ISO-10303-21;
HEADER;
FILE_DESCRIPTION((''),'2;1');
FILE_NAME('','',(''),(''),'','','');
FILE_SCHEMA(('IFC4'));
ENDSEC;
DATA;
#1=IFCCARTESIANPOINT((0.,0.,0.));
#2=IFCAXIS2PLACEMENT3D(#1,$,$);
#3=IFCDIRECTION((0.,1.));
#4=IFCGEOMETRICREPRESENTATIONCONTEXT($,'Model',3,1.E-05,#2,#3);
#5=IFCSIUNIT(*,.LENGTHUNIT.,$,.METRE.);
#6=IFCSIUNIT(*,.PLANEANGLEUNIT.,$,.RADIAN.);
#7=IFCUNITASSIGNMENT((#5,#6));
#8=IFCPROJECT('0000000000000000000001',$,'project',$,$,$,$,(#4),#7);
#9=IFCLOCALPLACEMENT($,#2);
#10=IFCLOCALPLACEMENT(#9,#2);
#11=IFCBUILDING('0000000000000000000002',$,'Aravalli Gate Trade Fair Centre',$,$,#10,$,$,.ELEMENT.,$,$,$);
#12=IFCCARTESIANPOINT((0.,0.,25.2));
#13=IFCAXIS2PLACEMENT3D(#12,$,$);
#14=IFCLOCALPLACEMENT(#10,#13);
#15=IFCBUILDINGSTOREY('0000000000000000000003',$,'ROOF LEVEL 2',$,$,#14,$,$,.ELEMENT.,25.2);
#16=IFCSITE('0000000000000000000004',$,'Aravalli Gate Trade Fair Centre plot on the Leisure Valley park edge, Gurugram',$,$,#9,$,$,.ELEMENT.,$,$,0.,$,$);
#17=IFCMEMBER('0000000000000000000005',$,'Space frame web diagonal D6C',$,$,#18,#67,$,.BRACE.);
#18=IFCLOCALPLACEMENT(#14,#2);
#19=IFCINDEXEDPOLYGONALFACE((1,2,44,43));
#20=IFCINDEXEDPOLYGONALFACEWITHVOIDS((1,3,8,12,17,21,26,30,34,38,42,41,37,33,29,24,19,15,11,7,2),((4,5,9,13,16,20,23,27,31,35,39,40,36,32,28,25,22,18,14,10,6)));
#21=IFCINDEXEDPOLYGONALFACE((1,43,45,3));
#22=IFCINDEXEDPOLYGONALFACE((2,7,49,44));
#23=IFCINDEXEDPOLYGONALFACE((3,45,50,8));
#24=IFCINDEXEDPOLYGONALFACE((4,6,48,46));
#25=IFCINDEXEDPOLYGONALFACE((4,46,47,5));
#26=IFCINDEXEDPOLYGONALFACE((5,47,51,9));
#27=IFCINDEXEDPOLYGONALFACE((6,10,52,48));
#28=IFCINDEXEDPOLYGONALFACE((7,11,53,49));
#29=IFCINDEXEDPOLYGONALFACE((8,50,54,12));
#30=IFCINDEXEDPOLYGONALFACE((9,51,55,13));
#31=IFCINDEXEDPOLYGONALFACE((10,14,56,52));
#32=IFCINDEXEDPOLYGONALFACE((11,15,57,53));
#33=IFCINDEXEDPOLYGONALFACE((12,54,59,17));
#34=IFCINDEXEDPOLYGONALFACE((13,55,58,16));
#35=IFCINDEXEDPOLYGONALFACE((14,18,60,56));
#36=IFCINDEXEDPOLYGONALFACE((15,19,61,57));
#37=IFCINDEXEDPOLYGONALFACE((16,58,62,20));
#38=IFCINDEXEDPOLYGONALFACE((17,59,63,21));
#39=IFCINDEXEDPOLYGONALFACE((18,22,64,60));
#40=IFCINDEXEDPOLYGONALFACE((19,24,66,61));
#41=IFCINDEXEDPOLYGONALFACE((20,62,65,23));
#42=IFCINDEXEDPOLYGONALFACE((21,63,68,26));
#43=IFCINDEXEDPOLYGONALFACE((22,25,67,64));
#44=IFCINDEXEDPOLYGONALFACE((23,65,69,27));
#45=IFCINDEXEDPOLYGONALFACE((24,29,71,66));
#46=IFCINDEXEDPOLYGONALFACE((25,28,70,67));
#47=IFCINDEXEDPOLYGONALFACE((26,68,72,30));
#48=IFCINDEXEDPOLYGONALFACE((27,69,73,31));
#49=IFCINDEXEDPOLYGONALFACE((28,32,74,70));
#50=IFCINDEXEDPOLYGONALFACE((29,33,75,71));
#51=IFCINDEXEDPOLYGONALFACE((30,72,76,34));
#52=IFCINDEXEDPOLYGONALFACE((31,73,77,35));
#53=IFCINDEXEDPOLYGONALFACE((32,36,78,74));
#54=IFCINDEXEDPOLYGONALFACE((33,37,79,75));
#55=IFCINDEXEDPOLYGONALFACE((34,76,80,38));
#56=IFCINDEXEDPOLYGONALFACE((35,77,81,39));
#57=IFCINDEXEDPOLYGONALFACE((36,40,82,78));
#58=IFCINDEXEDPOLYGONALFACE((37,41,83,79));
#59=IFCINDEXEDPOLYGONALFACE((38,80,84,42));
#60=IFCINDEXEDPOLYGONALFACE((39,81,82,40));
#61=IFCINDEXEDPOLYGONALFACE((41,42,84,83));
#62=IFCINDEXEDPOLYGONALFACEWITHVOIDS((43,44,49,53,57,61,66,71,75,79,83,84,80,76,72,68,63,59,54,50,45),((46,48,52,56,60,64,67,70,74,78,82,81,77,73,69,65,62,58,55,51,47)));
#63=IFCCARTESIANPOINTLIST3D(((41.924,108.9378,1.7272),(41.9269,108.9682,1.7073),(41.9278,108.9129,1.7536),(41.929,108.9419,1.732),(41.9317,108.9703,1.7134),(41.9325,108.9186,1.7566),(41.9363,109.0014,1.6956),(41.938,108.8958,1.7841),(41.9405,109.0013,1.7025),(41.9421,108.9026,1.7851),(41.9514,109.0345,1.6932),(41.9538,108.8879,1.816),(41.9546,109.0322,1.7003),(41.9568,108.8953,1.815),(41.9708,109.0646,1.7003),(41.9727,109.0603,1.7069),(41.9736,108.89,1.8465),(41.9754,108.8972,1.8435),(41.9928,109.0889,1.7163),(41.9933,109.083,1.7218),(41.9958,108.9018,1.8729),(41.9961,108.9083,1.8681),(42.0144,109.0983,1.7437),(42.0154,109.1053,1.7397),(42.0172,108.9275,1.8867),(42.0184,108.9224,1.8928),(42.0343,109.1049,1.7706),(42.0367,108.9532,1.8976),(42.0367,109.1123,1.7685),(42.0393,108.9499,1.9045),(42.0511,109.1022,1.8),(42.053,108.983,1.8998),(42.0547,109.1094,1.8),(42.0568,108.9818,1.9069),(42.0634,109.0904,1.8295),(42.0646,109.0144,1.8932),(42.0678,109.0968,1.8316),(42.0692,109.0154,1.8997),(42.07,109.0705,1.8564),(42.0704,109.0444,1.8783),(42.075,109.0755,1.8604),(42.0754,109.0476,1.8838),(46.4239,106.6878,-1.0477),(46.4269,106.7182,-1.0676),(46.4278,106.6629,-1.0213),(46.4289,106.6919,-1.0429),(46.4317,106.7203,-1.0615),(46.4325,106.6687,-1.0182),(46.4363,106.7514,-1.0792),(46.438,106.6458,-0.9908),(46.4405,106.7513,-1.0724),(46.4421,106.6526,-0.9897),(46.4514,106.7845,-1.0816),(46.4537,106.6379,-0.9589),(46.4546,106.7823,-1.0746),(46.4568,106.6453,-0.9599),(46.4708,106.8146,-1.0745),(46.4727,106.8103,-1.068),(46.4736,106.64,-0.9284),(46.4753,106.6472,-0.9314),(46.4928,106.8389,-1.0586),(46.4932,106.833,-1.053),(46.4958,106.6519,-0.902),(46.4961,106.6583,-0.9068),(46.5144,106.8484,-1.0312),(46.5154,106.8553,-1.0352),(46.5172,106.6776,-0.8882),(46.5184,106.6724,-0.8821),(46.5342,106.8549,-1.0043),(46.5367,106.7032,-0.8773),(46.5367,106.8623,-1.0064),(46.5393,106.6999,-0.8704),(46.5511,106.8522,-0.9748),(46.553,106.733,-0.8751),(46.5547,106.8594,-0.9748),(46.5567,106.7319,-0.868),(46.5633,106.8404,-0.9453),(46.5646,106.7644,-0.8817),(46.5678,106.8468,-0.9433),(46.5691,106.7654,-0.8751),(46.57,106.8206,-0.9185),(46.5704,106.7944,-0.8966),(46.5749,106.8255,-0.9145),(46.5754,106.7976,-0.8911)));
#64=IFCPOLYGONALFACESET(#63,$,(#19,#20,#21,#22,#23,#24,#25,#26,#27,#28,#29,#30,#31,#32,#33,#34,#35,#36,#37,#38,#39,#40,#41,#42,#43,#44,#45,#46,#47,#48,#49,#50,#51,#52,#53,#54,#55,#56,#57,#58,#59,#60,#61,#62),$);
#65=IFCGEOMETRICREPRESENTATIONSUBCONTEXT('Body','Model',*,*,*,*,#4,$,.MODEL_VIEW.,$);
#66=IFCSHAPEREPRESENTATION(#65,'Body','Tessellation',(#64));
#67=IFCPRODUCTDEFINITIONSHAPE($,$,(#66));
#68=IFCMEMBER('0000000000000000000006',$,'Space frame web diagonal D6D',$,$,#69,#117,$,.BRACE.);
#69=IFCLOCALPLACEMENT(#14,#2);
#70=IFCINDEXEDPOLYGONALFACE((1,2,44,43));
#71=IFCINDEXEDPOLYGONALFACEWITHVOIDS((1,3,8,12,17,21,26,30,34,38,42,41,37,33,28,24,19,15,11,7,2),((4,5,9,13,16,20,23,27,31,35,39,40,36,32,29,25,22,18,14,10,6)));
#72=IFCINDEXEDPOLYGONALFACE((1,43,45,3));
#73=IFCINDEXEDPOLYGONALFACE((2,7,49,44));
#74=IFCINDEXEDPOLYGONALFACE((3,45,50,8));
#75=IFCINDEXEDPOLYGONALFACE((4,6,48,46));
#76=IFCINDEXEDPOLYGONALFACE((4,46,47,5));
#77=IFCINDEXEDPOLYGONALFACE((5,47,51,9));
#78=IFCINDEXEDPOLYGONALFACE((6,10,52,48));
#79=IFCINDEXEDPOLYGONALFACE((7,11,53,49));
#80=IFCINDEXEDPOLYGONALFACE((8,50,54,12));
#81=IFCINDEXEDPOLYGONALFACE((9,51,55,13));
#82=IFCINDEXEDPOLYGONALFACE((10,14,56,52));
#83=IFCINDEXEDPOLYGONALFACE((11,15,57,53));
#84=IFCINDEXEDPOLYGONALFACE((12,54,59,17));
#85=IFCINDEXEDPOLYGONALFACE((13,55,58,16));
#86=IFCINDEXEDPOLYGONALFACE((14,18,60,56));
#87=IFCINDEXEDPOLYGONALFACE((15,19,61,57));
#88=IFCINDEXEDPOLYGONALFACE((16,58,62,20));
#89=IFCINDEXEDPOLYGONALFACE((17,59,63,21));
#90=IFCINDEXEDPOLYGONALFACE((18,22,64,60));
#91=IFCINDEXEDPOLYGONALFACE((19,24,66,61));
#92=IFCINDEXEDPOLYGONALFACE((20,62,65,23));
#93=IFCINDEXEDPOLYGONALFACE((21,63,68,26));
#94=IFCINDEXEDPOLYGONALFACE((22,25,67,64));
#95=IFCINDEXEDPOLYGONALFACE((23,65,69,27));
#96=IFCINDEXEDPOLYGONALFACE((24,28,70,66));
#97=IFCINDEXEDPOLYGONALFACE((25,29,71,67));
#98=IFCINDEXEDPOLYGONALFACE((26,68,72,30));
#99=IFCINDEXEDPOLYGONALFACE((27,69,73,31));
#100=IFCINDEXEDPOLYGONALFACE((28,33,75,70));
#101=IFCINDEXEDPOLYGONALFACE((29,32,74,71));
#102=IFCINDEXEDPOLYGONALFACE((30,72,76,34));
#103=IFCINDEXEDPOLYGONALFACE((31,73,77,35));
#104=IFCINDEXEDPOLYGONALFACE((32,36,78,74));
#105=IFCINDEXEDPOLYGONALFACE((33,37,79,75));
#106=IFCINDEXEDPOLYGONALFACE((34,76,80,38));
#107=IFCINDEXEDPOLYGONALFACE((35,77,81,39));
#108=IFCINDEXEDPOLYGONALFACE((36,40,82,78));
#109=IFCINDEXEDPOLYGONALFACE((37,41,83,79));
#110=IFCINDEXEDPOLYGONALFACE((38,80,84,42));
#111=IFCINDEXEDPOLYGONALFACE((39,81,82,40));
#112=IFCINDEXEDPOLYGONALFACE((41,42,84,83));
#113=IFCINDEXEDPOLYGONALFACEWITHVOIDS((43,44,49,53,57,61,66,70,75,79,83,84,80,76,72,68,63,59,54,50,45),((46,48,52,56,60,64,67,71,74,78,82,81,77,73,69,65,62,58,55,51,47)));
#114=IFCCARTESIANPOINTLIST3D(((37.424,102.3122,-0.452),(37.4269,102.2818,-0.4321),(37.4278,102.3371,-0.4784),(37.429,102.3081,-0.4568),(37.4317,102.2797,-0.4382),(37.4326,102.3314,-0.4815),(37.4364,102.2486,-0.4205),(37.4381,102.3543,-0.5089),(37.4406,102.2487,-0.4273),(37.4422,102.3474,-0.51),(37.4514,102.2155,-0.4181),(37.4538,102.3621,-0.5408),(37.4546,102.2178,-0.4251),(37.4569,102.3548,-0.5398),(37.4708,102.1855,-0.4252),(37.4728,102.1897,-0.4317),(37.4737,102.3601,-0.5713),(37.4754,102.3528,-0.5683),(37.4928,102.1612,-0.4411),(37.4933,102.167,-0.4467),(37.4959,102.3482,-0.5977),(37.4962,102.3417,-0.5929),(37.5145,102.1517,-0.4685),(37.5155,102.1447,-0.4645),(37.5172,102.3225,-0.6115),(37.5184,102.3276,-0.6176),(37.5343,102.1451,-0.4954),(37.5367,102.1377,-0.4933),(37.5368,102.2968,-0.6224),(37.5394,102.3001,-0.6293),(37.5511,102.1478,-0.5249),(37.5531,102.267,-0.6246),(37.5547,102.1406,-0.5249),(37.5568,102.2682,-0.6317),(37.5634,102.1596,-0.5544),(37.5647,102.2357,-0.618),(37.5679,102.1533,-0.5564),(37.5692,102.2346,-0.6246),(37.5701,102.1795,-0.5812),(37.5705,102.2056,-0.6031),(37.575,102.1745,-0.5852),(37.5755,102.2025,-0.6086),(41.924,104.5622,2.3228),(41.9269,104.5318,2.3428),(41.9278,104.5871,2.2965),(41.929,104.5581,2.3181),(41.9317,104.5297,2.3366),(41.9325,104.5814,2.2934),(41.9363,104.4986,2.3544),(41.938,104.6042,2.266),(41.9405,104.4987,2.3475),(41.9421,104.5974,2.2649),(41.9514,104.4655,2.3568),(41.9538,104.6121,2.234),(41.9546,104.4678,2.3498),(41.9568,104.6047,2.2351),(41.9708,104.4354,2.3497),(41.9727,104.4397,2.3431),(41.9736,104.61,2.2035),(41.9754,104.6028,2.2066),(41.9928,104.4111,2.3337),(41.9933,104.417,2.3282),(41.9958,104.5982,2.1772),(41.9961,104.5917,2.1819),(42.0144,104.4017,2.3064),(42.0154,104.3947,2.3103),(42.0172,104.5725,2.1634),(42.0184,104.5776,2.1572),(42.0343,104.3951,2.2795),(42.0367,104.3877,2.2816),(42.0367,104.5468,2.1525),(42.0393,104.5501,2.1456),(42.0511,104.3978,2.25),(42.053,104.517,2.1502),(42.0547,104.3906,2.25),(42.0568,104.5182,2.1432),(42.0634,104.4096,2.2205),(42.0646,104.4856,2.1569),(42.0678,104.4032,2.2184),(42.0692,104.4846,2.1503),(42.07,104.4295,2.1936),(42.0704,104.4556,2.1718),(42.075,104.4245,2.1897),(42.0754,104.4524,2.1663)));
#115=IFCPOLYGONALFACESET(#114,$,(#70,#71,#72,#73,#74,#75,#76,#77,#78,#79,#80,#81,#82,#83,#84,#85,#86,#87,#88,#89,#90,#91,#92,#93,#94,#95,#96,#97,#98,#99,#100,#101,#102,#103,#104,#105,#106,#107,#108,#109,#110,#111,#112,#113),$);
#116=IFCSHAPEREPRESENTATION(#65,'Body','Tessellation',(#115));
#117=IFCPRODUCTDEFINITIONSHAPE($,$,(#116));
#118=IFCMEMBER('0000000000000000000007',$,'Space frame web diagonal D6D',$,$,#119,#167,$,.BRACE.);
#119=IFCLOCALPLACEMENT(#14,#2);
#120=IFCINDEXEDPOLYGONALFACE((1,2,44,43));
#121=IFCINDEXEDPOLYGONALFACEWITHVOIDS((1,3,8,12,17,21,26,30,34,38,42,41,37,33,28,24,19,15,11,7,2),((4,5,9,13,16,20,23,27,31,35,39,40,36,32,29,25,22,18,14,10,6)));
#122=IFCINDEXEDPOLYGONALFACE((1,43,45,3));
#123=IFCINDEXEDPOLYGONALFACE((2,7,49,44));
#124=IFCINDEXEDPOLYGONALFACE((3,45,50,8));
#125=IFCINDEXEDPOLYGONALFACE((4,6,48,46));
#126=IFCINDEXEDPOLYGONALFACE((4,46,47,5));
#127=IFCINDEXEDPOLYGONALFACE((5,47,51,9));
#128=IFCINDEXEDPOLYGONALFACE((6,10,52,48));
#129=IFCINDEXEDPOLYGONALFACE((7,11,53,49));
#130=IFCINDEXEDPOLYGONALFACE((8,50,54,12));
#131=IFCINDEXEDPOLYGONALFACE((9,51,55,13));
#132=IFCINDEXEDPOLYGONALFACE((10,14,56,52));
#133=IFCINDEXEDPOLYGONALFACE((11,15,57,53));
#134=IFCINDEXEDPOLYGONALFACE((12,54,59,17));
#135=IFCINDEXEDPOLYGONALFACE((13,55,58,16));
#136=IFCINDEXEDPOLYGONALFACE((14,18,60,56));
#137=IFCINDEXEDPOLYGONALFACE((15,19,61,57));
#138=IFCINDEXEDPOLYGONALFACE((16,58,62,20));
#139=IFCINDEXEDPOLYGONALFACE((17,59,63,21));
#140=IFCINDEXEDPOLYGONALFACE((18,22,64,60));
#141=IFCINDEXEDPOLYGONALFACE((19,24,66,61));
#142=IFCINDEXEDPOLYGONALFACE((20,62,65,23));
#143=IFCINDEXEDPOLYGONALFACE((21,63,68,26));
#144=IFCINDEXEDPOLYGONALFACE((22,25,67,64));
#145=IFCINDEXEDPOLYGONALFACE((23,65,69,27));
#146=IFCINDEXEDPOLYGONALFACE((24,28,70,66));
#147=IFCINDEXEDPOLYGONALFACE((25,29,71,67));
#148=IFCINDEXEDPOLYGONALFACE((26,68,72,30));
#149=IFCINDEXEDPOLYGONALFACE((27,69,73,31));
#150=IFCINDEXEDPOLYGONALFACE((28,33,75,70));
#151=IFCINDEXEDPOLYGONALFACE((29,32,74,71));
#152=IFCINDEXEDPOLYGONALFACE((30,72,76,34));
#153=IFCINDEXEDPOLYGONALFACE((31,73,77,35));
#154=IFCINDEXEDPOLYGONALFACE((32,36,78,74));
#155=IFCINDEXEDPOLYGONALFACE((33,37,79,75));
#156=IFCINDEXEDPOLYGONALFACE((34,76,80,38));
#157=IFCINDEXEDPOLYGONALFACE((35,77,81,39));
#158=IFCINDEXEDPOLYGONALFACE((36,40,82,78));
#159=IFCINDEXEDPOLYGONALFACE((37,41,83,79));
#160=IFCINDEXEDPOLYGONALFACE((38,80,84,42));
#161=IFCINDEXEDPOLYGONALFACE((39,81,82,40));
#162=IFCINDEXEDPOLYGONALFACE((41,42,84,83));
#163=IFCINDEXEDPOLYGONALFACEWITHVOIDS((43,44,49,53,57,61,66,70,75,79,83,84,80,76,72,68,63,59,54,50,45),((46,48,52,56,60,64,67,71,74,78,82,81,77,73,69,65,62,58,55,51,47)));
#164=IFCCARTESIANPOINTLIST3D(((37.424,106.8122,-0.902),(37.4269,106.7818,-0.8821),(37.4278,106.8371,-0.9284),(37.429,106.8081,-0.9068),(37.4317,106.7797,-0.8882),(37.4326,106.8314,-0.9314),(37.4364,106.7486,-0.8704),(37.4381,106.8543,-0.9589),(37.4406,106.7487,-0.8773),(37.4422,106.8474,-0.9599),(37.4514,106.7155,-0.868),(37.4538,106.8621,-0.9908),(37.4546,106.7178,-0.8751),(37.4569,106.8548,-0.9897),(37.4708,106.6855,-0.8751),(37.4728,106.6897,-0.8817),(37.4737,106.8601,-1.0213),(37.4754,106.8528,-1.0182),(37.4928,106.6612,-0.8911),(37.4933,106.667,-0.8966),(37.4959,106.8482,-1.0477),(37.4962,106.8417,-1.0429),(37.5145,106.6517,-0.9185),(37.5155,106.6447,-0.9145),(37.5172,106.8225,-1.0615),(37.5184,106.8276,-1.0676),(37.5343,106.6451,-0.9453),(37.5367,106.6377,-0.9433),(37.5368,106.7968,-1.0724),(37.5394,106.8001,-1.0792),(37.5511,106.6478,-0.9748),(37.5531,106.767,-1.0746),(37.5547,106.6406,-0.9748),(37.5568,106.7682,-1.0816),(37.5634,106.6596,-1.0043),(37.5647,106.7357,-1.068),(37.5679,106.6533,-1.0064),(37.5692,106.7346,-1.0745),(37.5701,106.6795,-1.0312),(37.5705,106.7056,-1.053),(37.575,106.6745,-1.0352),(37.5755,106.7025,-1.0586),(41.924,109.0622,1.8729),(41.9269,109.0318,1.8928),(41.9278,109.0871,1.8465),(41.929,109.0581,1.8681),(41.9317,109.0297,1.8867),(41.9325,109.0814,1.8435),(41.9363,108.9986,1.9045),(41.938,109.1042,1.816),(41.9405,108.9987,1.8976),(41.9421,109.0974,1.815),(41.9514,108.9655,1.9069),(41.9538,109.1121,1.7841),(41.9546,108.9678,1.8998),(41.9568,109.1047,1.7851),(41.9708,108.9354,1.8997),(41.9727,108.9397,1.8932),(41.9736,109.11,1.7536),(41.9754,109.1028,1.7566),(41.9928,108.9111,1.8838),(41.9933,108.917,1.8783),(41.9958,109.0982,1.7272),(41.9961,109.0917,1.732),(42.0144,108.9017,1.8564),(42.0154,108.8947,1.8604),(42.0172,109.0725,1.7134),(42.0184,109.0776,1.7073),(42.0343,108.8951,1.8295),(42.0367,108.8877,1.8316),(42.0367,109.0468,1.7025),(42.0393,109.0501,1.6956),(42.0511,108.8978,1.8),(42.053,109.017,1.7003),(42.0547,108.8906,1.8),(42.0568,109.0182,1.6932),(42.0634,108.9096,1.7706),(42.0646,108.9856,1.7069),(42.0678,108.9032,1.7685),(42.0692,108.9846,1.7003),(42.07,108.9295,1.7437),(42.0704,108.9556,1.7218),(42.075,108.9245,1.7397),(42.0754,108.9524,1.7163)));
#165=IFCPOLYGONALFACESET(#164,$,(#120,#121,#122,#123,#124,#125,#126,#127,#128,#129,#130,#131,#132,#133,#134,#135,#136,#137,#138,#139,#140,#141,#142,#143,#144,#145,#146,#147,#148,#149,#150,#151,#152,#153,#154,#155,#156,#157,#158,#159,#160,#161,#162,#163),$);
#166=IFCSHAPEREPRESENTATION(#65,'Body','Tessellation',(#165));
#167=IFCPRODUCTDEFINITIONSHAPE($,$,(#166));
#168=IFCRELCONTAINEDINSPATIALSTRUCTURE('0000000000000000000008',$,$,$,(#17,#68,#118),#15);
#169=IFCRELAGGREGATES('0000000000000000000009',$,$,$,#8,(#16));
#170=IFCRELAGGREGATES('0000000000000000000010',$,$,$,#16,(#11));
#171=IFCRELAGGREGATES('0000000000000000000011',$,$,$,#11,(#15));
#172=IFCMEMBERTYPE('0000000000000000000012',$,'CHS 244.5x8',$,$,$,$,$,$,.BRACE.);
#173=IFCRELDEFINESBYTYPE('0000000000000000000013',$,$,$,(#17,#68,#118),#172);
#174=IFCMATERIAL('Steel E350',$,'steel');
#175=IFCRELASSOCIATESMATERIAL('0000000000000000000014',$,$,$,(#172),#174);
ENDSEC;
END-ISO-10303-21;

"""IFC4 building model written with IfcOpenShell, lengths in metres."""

from ifc_helpers import new_model, si_unit, direction, frame, origin, origin_2d, place, context, subcontext, project, spatial, hollow_circle, extrude, material, material_profile, profile_set, type_object, element, save


model = new_model("IFC4")

# Units and contexts
model_context = context("Model", 3, precision=1e-05, world=origin(), true_north=direction((0.0, 1.0)))
body_context = subcontext(model_context, "Body", "Model", "MODEL_VIEW")
ifc_project = project(units=[si_unit("LENGTHUNIT", "METRE"), si_unit("PLANEANGLEUNIT", "RADIAN")], contexts=[model_context])

# Site, building, storey
site_placement = place(None, origin())
site = spatial("IfcSite", under=ifc_project, at=site_placement, Name="Aravalli Gate Trade Fair Centre plot on the Leisure Valley park edge, Gurugram", CompositionType="ELEMENT", RefElevation=0.0)
building_placement = place(site_placement, origin())
building = spatial("IfcBuilding", under=site, at=building_placement, Name="Aravalli Gate Trade Fair Centre", CompositionType="ELEMENT")
storey_placement = place(building_placement, frame((0.0, 0.0, 25.2)))
storey = spatial("IfcBuildingStorey", under=building, at=storey_placement, Name="ROOF LEVEL 2", CompositionType="ELEMENT", Elevation=25.2)

# Members
ifc_material_1 = material(Name="Steel E350", Category="steel")
ifc_material_profile_1 = material_profile(ifc_material_1, hollow_circle(Radius=0.1223, WallThickness=0.0081, at=origin_2d()), Name="CHS 244.5x8")
ifc_profile_set_1 = profile_set([ifc_material_profile_1], Name="Steel E350")
member_type_1 = type_object("IfcMemberType", Name="CHS 244.5x8", PredefinedType="BRACE", material=ifc_profile_set_1)
for number, where, z_axis, x_axis, name in (
    (1, (42.0, 109.0, 1.8), (0.7832, -0.3916, -0.482956), (0.447214, 0.894427, 0.0), "Space frame web diagonal D6C"),
    (2, (42.0, 104.5, 2.25), (-0.7832, -0.3916, -0.482956), (0.447214, -0.894427, 0.0), "Space frame web diagonal D6D"),
    (3, (42.0, 109.0, 1.8), (-0.7832, -0.3916, -0.482956), (0.447214, -0.894427, 0.0), "Space frame web diagonal D6D"),
):
    element("IfcMember", number, at=place(storey_placement, frame(where, z_axis=z_axis, x_axis=x_axis)), inside=storey, type_object=member_type_1, Name=name, PredefinedType="BRACE", context=body_context, shape_type="SweptSolid", body=[
        extrude(hollow_circle(Radius=0.1223, WallThickness=0.0081, at=origin_2d()), origin(), (0.0, 0.0, 1.0), 5.7456),
    ])

save(model, "model.ifc")
